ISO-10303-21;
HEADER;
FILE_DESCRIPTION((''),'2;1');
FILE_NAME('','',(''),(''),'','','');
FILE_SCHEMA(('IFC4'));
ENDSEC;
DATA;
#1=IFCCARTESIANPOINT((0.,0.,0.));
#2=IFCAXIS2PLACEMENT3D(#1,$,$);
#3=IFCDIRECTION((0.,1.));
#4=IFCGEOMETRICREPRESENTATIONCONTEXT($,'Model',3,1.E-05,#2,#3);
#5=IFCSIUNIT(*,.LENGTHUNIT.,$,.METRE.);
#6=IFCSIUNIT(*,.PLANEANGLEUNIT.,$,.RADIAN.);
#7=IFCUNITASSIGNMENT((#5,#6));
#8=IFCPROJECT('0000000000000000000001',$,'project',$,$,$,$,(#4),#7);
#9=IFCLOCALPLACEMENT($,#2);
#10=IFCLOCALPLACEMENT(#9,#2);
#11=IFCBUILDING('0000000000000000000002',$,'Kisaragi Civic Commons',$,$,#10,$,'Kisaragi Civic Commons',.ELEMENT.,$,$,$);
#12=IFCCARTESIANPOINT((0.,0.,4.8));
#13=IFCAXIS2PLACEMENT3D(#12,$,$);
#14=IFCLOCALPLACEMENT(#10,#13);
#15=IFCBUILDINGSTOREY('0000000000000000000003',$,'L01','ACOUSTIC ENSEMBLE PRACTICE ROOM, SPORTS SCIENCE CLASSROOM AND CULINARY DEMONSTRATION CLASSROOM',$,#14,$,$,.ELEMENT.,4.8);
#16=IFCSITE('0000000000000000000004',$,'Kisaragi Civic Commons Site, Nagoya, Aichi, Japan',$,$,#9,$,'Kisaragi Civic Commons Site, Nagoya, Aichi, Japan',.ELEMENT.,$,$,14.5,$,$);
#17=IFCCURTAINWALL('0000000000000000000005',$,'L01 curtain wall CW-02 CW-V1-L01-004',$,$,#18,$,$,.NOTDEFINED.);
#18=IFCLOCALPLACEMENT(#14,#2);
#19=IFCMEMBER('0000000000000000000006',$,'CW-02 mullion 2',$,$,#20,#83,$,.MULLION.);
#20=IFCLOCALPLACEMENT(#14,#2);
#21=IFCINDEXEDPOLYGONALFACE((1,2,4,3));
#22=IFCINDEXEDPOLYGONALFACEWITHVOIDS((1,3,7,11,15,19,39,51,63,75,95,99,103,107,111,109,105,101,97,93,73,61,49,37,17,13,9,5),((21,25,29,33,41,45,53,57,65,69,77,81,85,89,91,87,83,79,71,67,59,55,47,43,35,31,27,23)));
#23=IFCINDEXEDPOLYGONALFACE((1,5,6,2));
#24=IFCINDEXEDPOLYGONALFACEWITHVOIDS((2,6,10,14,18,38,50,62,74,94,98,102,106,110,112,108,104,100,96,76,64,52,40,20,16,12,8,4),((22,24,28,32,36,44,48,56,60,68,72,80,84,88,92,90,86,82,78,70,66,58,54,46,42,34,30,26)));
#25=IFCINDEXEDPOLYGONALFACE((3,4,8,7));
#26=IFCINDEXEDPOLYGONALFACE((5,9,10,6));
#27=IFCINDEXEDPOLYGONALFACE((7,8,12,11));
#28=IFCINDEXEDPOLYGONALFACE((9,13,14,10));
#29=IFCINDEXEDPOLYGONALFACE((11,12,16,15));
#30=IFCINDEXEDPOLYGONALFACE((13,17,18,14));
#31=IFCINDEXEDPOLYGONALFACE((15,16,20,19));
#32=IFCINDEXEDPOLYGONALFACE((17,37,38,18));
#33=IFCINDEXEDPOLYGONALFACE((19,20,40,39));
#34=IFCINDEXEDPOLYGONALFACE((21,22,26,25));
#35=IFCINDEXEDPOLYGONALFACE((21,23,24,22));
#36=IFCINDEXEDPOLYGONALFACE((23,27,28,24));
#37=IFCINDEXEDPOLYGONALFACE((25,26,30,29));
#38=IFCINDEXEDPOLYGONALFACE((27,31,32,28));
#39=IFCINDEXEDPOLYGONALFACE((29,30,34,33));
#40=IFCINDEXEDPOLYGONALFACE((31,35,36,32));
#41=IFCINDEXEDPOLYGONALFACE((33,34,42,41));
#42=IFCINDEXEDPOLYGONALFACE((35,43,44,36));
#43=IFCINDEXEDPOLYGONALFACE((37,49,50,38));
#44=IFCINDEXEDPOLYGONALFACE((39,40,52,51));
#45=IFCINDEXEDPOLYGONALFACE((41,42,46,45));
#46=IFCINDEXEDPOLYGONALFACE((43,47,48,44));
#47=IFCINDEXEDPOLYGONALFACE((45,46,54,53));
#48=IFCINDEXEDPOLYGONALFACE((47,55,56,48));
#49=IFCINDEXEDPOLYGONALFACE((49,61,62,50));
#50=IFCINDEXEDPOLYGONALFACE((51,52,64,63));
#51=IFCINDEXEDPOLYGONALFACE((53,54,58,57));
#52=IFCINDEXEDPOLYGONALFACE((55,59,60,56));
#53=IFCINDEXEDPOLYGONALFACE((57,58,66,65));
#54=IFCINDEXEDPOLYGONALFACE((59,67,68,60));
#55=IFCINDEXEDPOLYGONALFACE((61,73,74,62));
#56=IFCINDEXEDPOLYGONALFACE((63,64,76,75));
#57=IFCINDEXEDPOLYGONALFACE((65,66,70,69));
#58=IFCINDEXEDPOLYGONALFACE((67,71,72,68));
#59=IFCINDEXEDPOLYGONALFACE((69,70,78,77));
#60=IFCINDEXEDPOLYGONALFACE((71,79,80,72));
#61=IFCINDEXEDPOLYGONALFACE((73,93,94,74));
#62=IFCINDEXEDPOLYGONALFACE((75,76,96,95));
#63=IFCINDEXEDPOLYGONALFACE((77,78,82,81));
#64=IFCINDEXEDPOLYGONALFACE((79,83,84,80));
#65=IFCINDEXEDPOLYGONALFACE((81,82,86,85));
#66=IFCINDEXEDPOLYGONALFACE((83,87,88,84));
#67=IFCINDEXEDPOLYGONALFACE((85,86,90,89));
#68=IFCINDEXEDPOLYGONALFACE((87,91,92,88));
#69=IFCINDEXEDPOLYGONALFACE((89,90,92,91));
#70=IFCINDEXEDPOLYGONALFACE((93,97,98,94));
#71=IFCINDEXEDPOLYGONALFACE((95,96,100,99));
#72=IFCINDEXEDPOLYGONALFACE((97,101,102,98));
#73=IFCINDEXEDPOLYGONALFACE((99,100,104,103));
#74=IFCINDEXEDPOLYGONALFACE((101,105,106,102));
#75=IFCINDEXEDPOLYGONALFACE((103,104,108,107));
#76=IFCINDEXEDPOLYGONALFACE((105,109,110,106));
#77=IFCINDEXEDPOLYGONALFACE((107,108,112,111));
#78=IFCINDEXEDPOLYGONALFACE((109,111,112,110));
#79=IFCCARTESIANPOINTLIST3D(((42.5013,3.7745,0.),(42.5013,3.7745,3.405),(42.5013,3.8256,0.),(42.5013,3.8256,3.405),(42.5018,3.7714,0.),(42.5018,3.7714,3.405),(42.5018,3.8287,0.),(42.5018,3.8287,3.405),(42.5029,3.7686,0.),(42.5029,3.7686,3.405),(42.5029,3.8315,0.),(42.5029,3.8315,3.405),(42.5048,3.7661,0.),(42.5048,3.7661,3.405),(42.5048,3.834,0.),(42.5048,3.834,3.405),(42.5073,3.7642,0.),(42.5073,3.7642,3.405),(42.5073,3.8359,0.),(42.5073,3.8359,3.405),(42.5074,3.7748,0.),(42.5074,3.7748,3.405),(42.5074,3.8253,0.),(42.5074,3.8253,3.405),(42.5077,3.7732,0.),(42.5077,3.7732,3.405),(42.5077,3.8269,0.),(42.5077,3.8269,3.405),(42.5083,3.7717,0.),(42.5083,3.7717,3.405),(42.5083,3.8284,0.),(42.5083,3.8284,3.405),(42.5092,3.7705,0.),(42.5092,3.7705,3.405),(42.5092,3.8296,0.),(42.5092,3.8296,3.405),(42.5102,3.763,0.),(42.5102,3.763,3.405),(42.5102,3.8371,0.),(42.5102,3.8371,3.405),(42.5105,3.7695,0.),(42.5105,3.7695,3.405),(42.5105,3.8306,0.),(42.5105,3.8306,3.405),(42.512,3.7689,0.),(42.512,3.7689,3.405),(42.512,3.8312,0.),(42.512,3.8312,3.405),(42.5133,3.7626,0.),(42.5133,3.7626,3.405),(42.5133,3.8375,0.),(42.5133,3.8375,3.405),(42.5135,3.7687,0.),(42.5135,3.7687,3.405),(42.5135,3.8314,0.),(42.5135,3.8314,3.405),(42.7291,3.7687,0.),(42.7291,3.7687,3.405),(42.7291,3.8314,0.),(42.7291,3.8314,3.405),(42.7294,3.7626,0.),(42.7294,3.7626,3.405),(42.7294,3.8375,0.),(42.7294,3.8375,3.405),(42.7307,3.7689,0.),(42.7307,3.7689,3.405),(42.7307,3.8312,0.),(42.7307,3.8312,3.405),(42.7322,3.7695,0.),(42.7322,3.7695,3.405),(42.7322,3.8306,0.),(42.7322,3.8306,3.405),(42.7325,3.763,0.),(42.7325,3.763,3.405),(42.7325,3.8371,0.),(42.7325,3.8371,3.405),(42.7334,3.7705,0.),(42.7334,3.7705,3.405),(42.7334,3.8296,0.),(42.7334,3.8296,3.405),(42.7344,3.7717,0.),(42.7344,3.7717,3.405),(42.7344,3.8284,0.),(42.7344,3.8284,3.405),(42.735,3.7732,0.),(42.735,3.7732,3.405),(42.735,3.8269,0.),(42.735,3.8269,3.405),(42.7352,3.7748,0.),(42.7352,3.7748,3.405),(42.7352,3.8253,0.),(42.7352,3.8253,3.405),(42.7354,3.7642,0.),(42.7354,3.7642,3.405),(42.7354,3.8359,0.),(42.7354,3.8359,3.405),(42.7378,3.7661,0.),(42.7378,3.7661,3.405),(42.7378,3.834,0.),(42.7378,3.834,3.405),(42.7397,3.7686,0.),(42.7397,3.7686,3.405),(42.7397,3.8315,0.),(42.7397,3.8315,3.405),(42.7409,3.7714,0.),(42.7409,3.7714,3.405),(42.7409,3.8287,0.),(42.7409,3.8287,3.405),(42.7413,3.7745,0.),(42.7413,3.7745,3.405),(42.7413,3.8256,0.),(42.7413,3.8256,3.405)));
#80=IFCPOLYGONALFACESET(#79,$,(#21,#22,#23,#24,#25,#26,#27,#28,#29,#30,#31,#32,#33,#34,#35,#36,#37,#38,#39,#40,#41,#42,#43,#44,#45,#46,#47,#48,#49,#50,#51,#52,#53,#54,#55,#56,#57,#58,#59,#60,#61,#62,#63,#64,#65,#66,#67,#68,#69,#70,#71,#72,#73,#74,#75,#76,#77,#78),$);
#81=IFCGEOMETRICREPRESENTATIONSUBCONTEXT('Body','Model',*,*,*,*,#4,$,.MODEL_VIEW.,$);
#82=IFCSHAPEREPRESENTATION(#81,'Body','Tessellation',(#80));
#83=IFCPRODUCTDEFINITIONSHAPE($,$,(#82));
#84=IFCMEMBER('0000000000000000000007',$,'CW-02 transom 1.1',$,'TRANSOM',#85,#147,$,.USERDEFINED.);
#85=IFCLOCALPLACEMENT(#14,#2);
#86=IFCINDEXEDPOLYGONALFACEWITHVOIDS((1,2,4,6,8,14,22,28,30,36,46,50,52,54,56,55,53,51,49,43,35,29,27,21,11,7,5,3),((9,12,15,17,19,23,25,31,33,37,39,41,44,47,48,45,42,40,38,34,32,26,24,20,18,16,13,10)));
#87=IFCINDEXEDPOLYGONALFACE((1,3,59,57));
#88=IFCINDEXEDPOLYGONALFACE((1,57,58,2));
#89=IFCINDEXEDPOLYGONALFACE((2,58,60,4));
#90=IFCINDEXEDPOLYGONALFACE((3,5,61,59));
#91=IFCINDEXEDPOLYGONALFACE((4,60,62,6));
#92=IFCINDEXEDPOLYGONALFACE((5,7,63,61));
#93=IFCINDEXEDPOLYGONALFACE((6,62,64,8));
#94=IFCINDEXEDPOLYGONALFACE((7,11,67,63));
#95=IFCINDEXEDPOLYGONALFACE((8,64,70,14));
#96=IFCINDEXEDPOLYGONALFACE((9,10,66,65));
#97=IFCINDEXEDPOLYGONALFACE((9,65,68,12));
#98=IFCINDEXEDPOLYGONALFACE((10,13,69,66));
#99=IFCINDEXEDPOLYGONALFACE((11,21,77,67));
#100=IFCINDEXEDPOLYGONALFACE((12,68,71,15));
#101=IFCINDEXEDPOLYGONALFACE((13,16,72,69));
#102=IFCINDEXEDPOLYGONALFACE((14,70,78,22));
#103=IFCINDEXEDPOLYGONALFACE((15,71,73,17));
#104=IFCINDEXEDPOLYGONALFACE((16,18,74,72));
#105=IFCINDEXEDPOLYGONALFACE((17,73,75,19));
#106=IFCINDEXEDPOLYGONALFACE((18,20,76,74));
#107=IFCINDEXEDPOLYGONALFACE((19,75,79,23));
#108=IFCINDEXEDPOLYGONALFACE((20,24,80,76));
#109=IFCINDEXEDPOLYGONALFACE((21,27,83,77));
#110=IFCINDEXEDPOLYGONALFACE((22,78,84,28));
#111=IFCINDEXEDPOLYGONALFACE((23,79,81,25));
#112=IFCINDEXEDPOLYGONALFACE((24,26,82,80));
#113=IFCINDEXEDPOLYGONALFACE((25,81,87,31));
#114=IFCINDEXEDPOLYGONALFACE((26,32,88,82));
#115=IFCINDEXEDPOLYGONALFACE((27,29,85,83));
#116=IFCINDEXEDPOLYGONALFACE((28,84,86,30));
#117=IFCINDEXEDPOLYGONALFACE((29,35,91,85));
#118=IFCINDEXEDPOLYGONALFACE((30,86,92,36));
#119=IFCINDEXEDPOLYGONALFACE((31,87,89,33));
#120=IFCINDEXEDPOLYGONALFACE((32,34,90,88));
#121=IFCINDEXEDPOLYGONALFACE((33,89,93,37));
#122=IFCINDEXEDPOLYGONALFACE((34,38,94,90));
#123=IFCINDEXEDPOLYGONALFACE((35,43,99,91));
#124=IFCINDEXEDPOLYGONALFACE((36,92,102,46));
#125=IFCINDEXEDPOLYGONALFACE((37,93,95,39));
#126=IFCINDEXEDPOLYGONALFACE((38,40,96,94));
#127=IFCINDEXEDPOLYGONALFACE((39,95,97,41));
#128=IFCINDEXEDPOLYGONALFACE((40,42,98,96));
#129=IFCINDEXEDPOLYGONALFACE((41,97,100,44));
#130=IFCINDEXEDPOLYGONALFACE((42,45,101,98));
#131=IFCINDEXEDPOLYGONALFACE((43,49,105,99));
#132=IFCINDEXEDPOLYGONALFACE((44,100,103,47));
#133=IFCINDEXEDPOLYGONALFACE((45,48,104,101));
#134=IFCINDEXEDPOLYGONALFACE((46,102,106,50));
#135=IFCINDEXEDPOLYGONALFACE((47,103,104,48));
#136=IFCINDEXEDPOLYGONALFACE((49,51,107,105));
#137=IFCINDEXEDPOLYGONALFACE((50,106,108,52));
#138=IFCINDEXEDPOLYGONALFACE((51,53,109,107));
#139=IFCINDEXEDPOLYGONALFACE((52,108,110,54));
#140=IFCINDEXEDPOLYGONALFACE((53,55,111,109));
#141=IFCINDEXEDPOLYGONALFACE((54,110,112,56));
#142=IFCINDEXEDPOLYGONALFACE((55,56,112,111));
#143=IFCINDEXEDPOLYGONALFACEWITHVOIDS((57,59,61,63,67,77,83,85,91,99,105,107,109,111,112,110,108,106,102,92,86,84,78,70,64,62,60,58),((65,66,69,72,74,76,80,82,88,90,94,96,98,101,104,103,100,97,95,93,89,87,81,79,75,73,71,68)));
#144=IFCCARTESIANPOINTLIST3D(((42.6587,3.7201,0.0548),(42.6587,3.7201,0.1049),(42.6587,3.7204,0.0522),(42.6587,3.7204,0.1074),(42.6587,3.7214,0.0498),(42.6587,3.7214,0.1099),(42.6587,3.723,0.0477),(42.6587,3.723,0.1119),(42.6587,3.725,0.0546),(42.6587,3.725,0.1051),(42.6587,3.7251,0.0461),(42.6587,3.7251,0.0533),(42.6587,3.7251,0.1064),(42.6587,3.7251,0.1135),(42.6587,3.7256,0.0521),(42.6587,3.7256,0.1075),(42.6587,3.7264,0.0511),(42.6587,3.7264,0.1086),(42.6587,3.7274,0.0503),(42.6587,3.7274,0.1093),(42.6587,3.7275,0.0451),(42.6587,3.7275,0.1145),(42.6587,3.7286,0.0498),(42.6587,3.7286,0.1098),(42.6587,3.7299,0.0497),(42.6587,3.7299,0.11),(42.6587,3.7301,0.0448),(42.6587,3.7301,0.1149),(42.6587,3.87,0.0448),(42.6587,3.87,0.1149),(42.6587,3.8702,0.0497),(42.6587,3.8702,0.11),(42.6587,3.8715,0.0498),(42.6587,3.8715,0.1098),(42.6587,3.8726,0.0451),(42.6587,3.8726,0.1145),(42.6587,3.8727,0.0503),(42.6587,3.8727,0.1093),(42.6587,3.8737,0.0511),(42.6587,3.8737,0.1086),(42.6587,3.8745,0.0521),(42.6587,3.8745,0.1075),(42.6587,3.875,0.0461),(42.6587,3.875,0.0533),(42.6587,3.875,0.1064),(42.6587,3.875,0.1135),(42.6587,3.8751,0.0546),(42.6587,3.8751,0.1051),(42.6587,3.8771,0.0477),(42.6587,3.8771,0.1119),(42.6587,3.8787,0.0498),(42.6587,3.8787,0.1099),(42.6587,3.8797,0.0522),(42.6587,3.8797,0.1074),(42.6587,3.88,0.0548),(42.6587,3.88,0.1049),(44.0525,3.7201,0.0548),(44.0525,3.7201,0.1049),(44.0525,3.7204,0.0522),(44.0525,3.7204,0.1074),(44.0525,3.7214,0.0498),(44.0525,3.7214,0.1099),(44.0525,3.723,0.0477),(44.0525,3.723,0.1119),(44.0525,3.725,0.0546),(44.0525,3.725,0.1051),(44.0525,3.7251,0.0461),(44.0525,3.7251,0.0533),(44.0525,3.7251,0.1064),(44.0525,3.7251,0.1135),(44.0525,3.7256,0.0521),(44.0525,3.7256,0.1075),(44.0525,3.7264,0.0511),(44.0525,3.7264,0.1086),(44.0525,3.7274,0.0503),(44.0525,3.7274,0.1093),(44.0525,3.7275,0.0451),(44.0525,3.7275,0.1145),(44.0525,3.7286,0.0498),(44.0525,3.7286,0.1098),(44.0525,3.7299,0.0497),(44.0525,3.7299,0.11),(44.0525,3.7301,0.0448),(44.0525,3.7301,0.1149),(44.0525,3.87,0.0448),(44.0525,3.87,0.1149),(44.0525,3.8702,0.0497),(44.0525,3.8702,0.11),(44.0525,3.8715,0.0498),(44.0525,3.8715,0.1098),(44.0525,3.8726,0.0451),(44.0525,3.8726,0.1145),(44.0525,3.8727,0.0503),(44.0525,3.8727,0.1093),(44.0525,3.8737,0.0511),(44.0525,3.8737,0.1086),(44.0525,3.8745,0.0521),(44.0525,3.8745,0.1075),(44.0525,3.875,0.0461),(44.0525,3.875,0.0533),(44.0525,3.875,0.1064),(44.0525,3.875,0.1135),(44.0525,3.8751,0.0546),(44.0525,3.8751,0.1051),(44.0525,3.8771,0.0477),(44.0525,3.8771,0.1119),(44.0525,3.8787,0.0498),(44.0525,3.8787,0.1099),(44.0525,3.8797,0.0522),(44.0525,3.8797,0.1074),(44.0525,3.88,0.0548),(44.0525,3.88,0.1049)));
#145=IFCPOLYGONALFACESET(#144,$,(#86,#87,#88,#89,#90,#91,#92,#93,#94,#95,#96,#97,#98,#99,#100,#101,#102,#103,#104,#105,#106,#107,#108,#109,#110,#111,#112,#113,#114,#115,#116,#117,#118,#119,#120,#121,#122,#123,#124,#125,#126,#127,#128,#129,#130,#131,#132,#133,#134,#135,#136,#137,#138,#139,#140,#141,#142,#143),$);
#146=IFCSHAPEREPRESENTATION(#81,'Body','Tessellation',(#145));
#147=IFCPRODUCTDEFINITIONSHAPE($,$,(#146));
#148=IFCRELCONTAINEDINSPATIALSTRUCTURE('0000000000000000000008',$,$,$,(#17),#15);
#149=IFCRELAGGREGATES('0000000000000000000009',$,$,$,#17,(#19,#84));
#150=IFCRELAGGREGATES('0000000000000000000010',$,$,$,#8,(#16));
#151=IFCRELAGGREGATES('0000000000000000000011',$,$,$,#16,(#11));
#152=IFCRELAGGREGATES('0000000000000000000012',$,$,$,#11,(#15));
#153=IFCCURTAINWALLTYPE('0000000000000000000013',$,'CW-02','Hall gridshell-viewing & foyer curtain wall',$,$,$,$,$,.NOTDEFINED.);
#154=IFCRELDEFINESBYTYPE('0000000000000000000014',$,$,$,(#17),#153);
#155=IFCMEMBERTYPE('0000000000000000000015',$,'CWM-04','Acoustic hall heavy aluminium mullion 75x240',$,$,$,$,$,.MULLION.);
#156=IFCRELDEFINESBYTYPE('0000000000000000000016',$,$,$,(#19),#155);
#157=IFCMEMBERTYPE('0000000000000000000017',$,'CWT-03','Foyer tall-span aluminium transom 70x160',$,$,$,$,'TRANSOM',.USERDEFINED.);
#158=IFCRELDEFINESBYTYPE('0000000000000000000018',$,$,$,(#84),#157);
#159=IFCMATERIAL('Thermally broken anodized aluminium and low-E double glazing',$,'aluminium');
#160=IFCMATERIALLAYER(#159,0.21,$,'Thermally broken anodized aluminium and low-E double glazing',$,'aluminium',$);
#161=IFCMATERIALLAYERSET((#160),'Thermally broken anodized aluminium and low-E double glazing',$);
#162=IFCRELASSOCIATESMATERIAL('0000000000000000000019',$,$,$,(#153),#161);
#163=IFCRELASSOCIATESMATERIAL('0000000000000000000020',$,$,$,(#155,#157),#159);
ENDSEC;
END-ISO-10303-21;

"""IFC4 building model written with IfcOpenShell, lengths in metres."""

from ifc_helpers import new_model, si_unit, direction, frame, origin, origin_2d, place, context, subcontext, project, spatial, hollow_rectangle, extrude, material, layer, layer_set, material_profile, profile_set, type_object, element, aggregate, save


model = new_model("IFC4")

# Units and contexts
model_context = context("Model", 3, precision=1e-05, world=origin(), true_north=direction((0.0, 1.0)))
body_context = subcontext(model_context, "Body", "Model", "MODEL_VIEW")
ifc_project = project(units=[si_unit("LENGTHUNIT", "METRE"), si_unit("PLANEANGLEUNIT", "RADIAN")], contexts=[model_context])

# Site, building, storey
site_placement = place(None, origin())
site = spatial("IfcSite", under=ifc_project, at=site_placement, Name="Kisaragi Civic Commons Site, Nagoya, Aichi, Japan", LongName="Kisaragi Civic Commons Site, Nagoya, Aichi, Japan", CompositionType="ELEMENT", RefElevation=14.5)
building_placement = place(site_placement, origin())
building = spatial("IfcBuilding", under=site, at=building_placement, Name="Kisaragi Civic Commons", LongName="Kisaragi Civic Commons", CompositionType="ELEMENT")
storey_placement = place(building_placement, frame((0.0, 0.0, 4.8)))
storey = spatial("IfcBuildingStorey", under=building, at=storey_placement, Name="L01", Description="ACOUSTIC ENSEMBLE PRACTICE ROOM, SPORTS SCIENCE CLASSROOM AND CULINARY DEMONSTRATION CLASSROOM", CompositionType="ELEMENT", Elevation=4.8)

# Shared definitions
ifc_material_1 = material(Name="Thermally broken anodized aluminium and low-E double glazing", Category="aluminium")
ifc_layer_1 = layer(ifc_material_1, 0.21, Name="Thermally broken anodized aluminium and low-E double glazing", Category="aluminium")
ifc_layer_set_1 = layer_set([ifc_layer_1], Name="Thermally broken anodized aluminium and low-E double glazing")
curtain_wall_type = type_object("IfcCurtainWallType", Name="CW-02", Description="Hall gridshell-viewing & foyer curtain wall", PredefinedType="NOTDEFINED", material=ifc_layer_set_1)
ifc_material_profile_1 = material_profile(ifc_material_1, hollow_rectangle(XDim=0.075, YDim=0.24, WallThickness=0.0061, InnerFilletRadius=0.0061, OuterFilletRadius=0.012, at=origin_2d()), Name="CWM-75x240x6", Category="aluminium")
ifc_profile_set_1 = profile_set([ifc_material_profile_1], Name="Thermally broken anodized aluminium and low-E double glazing")
member_type_1 = type_object("IfcMemberType", Name="CWM-04", Description="Acoustic hall heavy aluminium mullion 75x240", PredefinedType="MULLION", material=ifc_profile_set_1)

# Curtain wall, members
curtain_wall_1_placement = place(storey_placement, origin())
curtain_wall_1 = element("IfcCurtainWall", 1, at=curtain_wall_1_placement, inside=storey, type_object=curtain_wall_type, Name="L01 curtain wall CW-02 CW-V1-L01-004", PredefinedType="NOTDEFINED")
member_1_placement = place(storey_placement, frame((42.6213, 3.8, 0.0), z_axis=(0.0, 0.0, 1.0), x_axis=(0.0, -1.0, 0.0)))
member_1 = element("IfcMember", 2, at=member_1_placement, type_object=member_type_1, Name="CW-02 mullion 2", PredefinedType="MULLION", context=body_context, shape_type="SweptSolid", body=[
    extrude(hollow_rectangle(XDim=0.075, YDim=0.24, WallThickness=0.0061, InnerFilletRadius=0.0061, OuterFilletRadius=0.012, at=origin_2d()), origin(), (0.0, 0.0, 1.0), 3.405),
])
ifc_material_profile_2 = material_profile(ifc_material_1, hollow_rectangle(XDim=0.1599, YDim=0.0701, WallThickness=0.0049, InnerFilletRadius=0.0049, OuterFilletRadius=0.01, at=origin_2d()), Name="CWT-70x160x5", Category="aluminium")
ifc_profile_set_2 = profile_set([ifc_material_profile_2], Name="Thermally broken anodized aluminium and low-E double glazing")
member_type_2 = type_object("IfcMemberType", Name="CWT-03", Description="Foyer tall-span aluminium transom 70x160", ElementType="TRANSOM", PredefinedType="USERDEFINED", material=ifc_profile_set_2)
member_2_placement = place(storey_placement, frame((44.0525, 3.8, 0.0798), z_axis=(-1.0, 0.0, 0.0), x_axis=(0.0, -1.0, 0.0)))
member_2 = element("IfcMember", 3, at=member_2_placement, type_object=member_type_2, Name="CW-02 transom 1.1", ObjectType="TRANSOM", PredefinedType="USERDEFINED", context=body_context, shape_type="SweptSolid", body=[
    extrude(hollow_rectangle(XDim=0.1599, YDim=0.0701, WallThickness=0.0049, InnerFilletRadius=0.0049, OuterFilletRadius=0.01, at=origin_2d()), origin(), (0.0, 0.0, 1.0), 1.3938),
])

aggregate(curtain_wall_1, [member_1, member_2])

save(model, "model.ifc")
